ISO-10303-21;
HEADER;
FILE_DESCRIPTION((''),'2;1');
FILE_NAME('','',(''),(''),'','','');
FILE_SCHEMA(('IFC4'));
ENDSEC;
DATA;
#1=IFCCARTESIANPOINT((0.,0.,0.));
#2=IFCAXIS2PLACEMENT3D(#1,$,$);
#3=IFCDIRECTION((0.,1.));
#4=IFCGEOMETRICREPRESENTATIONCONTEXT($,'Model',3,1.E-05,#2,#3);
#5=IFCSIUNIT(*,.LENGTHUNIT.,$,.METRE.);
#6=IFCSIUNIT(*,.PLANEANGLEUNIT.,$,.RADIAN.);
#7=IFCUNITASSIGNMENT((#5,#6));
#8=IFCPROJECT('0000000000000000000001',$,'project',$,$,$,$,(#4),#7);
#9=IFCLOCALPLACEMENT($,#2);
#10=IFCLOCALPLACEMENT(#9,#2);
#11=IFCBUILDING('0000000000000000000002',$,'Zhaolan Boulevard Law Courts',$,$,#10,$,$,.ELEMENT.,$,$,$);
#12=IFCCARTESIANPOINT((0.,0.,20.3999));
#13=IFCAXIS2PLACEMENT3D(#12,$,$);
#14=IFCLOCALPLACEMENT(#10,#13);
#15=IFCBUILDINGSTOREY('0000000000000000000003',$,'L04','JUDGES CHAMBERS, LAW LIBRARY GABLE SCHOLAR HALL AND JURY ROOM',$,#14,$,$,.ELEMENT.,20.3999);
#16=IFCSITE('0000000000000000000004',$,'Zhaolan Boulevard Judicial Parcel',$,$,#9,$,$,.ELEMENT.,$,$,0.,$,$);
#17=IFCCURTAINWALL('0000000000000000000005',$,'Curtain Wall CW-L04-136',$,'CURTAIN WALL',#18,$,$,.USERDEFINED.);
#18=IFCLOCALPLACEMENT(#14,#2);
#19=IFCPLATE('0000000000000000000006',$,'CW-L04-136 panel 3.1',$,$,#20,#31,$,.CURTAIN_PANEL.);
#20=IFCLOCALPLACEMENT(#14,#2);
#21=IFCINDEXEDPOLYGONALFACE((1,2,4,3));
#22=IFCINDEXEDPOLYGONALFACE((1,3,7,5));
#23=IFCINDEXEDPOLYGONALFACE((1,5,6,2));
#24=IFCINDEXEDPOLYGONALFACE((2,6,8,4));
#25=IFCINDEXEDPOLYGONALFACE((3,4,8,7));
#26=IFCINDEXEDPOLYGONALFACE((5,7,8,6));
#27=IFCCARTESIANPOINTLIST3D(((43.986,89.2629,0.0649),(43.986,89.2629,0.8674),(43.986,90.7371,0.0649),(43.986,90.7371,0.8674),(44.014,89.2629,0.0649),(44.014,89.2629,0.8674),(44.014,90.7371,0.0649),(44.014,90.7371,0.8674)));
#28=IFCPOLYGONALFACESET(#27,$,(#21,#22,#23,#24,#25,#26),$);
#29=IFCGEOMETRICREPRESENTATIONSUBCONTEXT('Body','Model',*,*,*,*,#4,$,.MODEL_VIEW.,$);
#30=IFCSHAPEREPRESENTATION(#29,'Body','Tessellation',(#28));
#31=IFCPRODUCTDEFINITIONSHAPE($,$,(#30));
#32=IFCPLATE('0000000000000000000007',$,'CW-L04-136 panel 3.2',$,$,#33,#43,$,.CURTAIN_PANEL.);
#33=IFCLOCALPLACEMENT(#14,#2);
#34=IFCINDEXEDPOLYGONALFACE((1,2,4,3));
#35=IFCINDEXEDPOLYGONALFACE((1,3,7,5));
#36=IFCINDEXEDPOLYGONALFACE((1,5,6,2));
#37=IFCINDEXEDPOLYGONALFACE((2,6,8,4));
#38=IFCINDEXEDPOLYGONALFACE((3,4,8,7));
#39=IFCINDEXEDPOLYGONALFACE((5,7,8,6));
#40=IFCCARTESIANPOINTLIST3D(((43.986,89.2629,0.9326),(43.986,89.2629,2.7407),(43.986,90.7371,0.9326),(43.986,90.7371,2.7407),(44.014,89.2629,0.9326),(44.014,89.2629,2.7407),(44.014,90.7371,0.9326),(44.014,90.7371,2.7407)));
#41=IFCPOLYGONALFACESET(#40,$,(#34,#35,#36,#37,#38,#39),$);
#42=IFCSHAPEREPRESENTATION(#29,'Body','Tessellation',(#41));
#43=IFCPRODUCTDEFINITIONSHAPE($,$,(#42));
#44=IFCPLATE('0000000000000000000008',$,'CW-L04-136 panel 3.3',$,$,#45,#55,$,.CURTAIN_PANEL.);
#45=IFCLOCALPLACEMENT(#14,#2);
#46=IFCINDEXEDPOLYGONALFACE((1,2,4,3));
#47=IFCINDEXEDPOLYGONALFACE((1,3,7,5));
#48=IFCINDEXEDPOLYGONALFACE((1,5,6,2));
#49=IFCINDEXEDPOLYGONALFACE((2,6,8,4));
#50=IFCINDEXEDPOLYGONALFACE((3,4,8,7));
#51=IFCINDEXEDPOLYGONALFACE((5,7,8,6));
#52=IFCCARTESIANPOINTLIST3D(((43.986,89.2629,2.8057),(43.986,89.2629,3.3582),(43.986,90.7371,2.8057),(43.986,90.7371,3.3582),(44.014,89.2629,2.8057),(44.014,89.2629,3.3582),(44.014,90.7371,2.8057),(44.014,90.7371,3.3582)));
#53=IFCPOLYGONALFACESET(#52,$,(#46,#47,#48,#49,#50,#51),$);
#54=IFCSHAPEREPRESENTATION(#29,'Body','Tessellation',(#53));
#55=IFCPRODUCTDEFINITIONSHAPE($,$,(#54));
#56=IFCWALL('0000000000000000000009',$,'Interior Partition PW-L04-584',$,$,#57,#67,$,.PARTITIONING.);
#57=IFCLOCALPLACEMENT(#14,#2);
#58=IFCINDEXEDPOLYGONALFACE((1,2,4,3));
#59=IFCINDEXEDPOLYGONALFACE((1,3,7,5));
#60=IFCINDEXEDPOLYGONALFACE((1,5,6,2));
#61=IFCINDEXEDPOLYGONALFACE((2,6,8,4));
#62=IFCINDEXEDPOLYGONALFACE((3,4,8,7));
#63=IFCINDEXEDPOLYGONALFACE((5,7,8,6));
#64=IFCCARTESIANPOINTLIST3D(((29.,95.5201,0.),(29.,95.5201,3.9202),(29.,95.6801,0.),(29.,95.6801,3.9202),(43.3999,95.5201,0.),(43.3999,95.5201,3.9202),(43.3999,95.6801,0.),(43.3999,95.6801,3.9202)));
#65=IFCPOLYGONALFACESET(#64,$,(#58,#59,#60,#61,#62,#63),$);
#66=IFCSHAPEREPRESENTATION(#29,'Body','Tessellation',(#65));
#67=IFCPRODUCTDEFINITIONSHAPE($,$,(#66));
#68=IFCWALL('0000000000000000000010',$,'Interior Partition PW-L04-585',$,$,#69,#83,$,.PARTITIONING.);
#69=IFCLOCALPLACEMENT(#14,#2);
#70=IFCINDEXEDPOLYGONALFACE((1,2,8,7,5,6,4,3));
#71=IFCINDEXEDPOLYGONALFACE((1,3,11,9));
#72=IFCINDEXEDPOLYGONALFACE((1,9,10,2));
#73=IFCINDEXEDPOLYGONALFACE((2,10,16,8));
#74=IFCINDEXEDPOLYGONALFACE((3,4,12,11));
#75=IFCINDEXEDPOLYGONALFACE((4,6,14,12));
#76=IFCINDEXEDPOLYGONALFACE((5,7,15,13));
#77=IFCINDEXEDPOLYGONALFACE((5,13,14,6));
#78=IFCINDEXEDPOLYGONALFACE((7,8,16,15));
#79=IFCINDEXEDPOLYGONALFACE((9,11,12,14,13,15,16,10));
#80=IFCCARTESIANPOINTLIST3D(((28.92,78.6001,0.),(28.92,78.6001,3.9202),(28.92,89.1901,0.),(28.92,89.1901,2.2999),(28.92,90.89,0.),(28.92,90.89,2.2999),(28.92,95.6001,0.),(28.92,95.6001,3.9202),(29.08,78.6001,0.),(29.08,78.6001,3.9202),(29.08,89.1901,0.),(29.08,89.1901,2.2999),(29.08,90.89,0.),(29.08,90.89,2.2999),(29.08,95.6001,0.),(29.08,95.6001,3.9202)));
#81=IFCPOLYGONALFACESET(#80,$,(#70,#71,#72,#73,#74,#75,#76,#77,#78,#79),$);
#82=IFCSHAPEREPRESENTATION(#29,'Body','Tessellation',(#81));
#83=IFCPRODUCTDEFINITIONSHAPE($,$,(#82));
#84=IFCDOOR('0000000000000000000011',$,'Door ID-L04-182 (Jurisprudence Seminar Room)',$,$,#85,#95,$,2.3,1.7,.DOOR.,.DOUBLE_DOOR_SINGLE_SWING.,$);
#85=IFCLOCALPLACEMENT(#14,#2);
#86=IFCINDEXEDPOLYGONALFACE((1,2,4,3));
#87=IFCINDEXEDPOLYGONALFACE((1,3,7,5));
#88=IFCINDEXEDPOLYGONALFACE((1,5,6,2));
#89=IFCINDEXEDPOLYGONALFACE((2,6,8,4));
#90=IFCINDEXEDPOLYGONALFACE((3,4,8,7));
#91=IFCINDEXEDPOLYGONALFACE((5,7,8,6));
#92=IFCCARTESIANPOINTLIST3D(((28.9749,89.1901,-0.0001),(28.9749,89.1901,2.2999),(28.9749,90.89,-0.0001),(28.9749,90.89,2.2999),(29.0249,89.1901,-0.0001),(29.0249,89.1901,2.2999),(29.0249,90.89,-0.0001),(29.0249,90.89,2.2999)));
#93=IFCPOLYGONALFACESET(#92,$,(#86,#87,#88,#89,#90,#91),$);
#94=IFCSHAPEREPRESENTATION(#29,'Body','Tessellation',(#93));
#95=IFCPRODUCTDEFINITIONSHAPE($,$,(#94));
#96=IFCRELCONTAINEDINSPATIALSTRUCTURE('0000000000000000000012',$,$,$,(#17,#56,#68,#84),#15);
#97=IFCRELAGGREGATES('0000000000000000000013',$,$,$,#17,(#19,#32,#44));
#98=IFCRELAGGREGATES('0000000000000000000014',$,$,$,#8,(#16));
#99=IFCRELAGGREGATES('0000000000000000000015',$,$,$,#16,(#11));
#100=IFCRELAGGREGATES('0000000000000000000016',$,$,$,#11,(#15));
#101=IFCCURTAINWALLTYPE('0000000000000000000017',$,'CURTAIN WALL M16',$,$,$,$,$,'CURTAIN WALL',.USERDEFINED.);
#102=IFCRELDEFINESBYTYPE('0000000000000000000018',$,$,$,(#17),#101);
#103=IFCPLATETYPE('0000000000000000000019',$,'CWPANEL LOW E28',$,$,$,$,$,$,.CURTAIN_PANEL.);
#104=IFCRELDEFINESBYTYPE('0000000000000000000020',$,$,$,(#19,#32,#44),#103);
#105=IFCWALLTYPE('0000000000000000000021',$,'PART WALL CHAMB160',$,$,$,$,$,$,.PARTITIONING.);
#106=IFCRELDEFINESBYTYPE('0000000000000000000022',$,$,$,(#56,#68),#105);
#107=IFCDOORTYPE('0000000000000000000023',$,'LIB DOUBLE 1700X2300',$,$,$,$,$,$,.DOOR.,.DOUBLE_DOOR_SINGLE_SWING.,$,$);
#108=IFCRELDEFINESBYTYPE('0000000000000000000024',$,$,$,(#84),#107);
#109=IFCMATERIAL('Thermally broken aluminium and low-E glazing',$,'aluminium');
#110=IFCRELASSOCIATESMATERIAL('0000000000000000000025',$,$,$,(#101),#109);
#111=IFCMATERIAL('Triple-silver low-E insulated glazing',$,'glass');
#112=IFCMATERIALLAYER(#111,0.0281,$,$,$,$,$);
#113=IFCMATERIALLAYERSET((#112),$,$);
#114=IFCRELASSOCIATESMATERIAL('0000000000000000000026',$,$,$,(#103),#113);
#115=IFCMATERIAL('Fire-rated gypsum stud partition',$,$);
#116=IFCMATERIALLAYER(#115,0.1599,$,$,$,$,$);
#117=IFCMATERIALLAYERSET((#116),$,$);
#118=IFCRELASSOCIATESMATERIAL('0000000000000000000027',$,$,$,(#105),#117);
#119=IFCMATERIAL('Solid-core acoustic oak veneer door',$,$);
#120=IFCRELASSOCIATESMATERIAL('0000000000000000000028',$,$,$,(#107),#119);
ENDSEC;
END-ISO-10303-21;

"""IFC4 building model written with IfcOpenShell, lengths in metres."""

from ifc_helpers import new_model, si_unit, direction, frame, frame_2d, origin, origin_2d, place, context, subcontext, project, spatial, rectangle, extrude, material, layer, layer_set, type_object, element, fill, aggregate, save


model = new_model("IFC4")

# Units and contexts
model_context = context("Model", 3, precision=1e-05, world=origin(), true_north=direction((0.0, 1.0)))
body_context = subcontext(model_context, "Body", "Model", "MODEL_VIEW")
ifc_project = project(units=[si_unit("LENGTHUNIT", "METRE"), si_unit("PLANEANGLEUNIT", "RADIAN")], contexts=[model_context])

# Site, building, storey
site_placement = place(None, origin())
site = spatial("IfcSite", under=ifc_project, at=site_placement, Name="Zhaolan Boulevard Judicial Parcel", CompositionType="ELEMENT", RefElevation=0.0)
building_placement = place(site_placement, origin())
building = spatial("IfcBuilding", under=site, at=building_placement, Name="Zhaolan Boulevard Law Courts", CompositionType="ELEMENT")
storey_placement = place(building_placement, frame((0.0, 0.0, 20.3999)))
storey = spatial("IfcBuildingStorey", under=building, at=storey_placement, Name="L04", Description="JUDGES CHAMBERS, LAW LIBRARY GABLE SCHOLAR HALL AND JURY ROOM", CompositionType="ELEMENT", Elevation=20.3999)

# Curtain wall
ifc_material_1 = material(Name="Thermally broken aluminium and low-E glazing", Category="aluminium")
curtain_wall_type = type_object("IfcCurtainWallType", Name="CURTAIN WALL M16", ElementType="CURTAIN WALL", PredefinedType="USERDEFINED", material=ifc_material_1)
curtain_wall_placement = place(storey_placement, origin())
curtain_wall = element("IfcCurtainWall", 1, at=curtain_wall_placement, inside=storey, type_object=curtain_wall_type, Name="Curtain Wall CW-L04-136", ObjectType="CURTAIN WALL", PredefinedType="USERDEFINED")

# Plates
ifc_material_2 = material(Name="Triple-silver low-E insulated glazing", Category="glass")
ifc_layer_1 = layer(ifc_material_2, 0.0281)
ifc_layer_set_1 = layer_set([ifc_layer_1])
plate_type = type_object("IfcPlateType", Name="CWPANEL LOW E28", PredefinedType="CURTAIN_PANEL", material=ifc_layer_set_1)
plate_1_placement = place(storey_placement, frame((44.0, 90.0, 0.0649), z_axis=(0.0, 0.0, 1.0), x_axis=(0.0, 1.0, 0.0)))
plate_1 = element("IfcPlate", 2, at=plate_1_placement, type_object=plate_type, Name="CW-L04-136 panel 3.1", PredefinedType="CURTAIN_PANEL", context=body_context, shape_type="SweptSolid", body=[
    extrude(rectangle(XDim=1.4741, YDim=0.0281, at=origin_2d()), origin(), (0.0, 0.0, 1.0), 0.8025),
])
plate_2_placement = place(storey_placement, frame((44.0, 90.0, 0.9326), z_axis=(0.0, 0.0, 1.0), x_axis=(0.0, 1.0, 0.0)))
plate_2 = element("IfcPlate", 3, at=plate_2_placement, type_object=plate_type, Name="CW-L04-136 panel 3.2", PredefinedType="CURTAIN_PANEL", context=body_context, shape_type="SweptSolid", body=[
    extrude(rectangle(XDim=1.4741, YDim=0.0281, at=origin_2d()), origin(), (0.0, 0.0, 1.0), 1.8081),
])
plate_3_placement = place(storey_placement, frame((44.0, 90.0, 2.8057), z_axis=(0.0, 0.0, 1.0), x_axis=(0.0, 1.0, 0.0)))
plate_3 = element("IfcPlate", 4, at=plate_3_placement, type_object=plate_type, Name="CW-L04-136 panel 3.3", PredefinedType="CURTAIN_PANEL", context=body_context, shape_type="SweptSolid", body=[
    extrude(rectangle(XDim=1.4741, YDim=0.0281, at=origin_2d()), origin(), (0.0, 0.0, 1.0), 0.5525),
])
aggregate(curtain_wall, [plate_1, plate_2, plate_3])

# Wall
ifc_material_3 = material(Name="Fire-rated gypsum stud partition")
ifc_layer_2 = layer(ifc_material_3, 0.1599)
ifc_layer_set_2 = layer_set([ifc_layer_2])
wall_type = type_object("IfcWallType", Name="PART WALL CHAMB160", PredefinedType="PARTITIONING", material=ifc_layer_set_2)
wall_1_placement = place(storey_placement, frame((43.3999, 95.6001, 0.0), z_axis=(0.0, 0.0, 1.0), x_axis=(-1.0, 0.0, 0.0)))
element("IfcWall", 5, at=wall_1_placement, inside=storey, type_object=wall_type, Name="Interior Partition PW-L04-584", PredefinedType="PARTITIONING", context=body_context, shape_type="SweptSolid", body=[
    extrude(rectangle(XDim=14.3999, YDim=0.1599, at=frame_2d((7.2, 0.0))), origin(), (0.0, 0.0, 1.0), 3.9202),
])

# Wall, opening, door
wall_2_placement = place(storey_placement, frame((29.0, 95.6001, 0.0), z_axis=(0.0, 0.0, 1.0), x_axis=(0.0, -1.0, 0.0)))
wall_2 = element("IfcWall", 6, at=wall_2_placement, inside=storey, type_object=wall_type, Name="Interior Partition PW-L04-585", PredefinedType="PARTITIONING", context=body_context, shape_type="SweptSolid", body=[
    extrude(rectangle(XDim=17.0, YDim=0.1599, at=frame_2d((8.5, 0.0))), origin(), (0.0, 0.0, 1.0), 3.9202),
])
opening_placement = place(wall_2_placement, frame((4.71, 0.0, 0.0)))
opening = element("IfcOpeningElement", 7, at=opening_placement, cuts=wall_2, PredefinedType="OPENING", context=body_context, shape_type="SweptSolid", body=[
    extrude(rectangle(XDim=1.7, YDim=2.3, at=frame_2d((0.8501, 1.1499))), frame((0.0, 0.0898, 0.0), z_axis=(0.0, -1.0, 0.0), x_axis=(1.0, 0.0, 0.0)), (0.0, 0.0, 1.0), 0.1799),
])
ifc_material_4 = material(Name="Solid-core acoustic oak veneer door")
door_type = type_object("IfcDoorType", Name="LIB DOUBLE 1700X2300", OperationType="DOUBLE_DOOR_SINGLE_SWING", PredefinedType="DOOR", material=ifc_material_4)
door_placement = place(opening_placement, origin())
door = element("IfcDoor", 8, at=door_placement, inside=storey, type_object=door_type, Name="Door ID-L04-182 (Jurisprudence Seminar Room)", OperationType="DOUBLE_DOOR_SINGLE_SWING", OverallHeight=2.3, OverallWidth=1.7, PredefinedType="DOOR", context=body_context, shape_type="SweptSolid", body=[
    extrude(rectangle(XDim=1.7, YDim=2.3, at=frame_2d((0.8501, 1.1499))), frame((0.0, 0.0249, 0.0), z_axis=(0.0, -1.0, 0.0), x_axis=(1.0, 0.0, 0.0)), (0.0, 0.0, 1.0), 0.05),
])
fill(opening, door)

save(model, "model.ifc")
